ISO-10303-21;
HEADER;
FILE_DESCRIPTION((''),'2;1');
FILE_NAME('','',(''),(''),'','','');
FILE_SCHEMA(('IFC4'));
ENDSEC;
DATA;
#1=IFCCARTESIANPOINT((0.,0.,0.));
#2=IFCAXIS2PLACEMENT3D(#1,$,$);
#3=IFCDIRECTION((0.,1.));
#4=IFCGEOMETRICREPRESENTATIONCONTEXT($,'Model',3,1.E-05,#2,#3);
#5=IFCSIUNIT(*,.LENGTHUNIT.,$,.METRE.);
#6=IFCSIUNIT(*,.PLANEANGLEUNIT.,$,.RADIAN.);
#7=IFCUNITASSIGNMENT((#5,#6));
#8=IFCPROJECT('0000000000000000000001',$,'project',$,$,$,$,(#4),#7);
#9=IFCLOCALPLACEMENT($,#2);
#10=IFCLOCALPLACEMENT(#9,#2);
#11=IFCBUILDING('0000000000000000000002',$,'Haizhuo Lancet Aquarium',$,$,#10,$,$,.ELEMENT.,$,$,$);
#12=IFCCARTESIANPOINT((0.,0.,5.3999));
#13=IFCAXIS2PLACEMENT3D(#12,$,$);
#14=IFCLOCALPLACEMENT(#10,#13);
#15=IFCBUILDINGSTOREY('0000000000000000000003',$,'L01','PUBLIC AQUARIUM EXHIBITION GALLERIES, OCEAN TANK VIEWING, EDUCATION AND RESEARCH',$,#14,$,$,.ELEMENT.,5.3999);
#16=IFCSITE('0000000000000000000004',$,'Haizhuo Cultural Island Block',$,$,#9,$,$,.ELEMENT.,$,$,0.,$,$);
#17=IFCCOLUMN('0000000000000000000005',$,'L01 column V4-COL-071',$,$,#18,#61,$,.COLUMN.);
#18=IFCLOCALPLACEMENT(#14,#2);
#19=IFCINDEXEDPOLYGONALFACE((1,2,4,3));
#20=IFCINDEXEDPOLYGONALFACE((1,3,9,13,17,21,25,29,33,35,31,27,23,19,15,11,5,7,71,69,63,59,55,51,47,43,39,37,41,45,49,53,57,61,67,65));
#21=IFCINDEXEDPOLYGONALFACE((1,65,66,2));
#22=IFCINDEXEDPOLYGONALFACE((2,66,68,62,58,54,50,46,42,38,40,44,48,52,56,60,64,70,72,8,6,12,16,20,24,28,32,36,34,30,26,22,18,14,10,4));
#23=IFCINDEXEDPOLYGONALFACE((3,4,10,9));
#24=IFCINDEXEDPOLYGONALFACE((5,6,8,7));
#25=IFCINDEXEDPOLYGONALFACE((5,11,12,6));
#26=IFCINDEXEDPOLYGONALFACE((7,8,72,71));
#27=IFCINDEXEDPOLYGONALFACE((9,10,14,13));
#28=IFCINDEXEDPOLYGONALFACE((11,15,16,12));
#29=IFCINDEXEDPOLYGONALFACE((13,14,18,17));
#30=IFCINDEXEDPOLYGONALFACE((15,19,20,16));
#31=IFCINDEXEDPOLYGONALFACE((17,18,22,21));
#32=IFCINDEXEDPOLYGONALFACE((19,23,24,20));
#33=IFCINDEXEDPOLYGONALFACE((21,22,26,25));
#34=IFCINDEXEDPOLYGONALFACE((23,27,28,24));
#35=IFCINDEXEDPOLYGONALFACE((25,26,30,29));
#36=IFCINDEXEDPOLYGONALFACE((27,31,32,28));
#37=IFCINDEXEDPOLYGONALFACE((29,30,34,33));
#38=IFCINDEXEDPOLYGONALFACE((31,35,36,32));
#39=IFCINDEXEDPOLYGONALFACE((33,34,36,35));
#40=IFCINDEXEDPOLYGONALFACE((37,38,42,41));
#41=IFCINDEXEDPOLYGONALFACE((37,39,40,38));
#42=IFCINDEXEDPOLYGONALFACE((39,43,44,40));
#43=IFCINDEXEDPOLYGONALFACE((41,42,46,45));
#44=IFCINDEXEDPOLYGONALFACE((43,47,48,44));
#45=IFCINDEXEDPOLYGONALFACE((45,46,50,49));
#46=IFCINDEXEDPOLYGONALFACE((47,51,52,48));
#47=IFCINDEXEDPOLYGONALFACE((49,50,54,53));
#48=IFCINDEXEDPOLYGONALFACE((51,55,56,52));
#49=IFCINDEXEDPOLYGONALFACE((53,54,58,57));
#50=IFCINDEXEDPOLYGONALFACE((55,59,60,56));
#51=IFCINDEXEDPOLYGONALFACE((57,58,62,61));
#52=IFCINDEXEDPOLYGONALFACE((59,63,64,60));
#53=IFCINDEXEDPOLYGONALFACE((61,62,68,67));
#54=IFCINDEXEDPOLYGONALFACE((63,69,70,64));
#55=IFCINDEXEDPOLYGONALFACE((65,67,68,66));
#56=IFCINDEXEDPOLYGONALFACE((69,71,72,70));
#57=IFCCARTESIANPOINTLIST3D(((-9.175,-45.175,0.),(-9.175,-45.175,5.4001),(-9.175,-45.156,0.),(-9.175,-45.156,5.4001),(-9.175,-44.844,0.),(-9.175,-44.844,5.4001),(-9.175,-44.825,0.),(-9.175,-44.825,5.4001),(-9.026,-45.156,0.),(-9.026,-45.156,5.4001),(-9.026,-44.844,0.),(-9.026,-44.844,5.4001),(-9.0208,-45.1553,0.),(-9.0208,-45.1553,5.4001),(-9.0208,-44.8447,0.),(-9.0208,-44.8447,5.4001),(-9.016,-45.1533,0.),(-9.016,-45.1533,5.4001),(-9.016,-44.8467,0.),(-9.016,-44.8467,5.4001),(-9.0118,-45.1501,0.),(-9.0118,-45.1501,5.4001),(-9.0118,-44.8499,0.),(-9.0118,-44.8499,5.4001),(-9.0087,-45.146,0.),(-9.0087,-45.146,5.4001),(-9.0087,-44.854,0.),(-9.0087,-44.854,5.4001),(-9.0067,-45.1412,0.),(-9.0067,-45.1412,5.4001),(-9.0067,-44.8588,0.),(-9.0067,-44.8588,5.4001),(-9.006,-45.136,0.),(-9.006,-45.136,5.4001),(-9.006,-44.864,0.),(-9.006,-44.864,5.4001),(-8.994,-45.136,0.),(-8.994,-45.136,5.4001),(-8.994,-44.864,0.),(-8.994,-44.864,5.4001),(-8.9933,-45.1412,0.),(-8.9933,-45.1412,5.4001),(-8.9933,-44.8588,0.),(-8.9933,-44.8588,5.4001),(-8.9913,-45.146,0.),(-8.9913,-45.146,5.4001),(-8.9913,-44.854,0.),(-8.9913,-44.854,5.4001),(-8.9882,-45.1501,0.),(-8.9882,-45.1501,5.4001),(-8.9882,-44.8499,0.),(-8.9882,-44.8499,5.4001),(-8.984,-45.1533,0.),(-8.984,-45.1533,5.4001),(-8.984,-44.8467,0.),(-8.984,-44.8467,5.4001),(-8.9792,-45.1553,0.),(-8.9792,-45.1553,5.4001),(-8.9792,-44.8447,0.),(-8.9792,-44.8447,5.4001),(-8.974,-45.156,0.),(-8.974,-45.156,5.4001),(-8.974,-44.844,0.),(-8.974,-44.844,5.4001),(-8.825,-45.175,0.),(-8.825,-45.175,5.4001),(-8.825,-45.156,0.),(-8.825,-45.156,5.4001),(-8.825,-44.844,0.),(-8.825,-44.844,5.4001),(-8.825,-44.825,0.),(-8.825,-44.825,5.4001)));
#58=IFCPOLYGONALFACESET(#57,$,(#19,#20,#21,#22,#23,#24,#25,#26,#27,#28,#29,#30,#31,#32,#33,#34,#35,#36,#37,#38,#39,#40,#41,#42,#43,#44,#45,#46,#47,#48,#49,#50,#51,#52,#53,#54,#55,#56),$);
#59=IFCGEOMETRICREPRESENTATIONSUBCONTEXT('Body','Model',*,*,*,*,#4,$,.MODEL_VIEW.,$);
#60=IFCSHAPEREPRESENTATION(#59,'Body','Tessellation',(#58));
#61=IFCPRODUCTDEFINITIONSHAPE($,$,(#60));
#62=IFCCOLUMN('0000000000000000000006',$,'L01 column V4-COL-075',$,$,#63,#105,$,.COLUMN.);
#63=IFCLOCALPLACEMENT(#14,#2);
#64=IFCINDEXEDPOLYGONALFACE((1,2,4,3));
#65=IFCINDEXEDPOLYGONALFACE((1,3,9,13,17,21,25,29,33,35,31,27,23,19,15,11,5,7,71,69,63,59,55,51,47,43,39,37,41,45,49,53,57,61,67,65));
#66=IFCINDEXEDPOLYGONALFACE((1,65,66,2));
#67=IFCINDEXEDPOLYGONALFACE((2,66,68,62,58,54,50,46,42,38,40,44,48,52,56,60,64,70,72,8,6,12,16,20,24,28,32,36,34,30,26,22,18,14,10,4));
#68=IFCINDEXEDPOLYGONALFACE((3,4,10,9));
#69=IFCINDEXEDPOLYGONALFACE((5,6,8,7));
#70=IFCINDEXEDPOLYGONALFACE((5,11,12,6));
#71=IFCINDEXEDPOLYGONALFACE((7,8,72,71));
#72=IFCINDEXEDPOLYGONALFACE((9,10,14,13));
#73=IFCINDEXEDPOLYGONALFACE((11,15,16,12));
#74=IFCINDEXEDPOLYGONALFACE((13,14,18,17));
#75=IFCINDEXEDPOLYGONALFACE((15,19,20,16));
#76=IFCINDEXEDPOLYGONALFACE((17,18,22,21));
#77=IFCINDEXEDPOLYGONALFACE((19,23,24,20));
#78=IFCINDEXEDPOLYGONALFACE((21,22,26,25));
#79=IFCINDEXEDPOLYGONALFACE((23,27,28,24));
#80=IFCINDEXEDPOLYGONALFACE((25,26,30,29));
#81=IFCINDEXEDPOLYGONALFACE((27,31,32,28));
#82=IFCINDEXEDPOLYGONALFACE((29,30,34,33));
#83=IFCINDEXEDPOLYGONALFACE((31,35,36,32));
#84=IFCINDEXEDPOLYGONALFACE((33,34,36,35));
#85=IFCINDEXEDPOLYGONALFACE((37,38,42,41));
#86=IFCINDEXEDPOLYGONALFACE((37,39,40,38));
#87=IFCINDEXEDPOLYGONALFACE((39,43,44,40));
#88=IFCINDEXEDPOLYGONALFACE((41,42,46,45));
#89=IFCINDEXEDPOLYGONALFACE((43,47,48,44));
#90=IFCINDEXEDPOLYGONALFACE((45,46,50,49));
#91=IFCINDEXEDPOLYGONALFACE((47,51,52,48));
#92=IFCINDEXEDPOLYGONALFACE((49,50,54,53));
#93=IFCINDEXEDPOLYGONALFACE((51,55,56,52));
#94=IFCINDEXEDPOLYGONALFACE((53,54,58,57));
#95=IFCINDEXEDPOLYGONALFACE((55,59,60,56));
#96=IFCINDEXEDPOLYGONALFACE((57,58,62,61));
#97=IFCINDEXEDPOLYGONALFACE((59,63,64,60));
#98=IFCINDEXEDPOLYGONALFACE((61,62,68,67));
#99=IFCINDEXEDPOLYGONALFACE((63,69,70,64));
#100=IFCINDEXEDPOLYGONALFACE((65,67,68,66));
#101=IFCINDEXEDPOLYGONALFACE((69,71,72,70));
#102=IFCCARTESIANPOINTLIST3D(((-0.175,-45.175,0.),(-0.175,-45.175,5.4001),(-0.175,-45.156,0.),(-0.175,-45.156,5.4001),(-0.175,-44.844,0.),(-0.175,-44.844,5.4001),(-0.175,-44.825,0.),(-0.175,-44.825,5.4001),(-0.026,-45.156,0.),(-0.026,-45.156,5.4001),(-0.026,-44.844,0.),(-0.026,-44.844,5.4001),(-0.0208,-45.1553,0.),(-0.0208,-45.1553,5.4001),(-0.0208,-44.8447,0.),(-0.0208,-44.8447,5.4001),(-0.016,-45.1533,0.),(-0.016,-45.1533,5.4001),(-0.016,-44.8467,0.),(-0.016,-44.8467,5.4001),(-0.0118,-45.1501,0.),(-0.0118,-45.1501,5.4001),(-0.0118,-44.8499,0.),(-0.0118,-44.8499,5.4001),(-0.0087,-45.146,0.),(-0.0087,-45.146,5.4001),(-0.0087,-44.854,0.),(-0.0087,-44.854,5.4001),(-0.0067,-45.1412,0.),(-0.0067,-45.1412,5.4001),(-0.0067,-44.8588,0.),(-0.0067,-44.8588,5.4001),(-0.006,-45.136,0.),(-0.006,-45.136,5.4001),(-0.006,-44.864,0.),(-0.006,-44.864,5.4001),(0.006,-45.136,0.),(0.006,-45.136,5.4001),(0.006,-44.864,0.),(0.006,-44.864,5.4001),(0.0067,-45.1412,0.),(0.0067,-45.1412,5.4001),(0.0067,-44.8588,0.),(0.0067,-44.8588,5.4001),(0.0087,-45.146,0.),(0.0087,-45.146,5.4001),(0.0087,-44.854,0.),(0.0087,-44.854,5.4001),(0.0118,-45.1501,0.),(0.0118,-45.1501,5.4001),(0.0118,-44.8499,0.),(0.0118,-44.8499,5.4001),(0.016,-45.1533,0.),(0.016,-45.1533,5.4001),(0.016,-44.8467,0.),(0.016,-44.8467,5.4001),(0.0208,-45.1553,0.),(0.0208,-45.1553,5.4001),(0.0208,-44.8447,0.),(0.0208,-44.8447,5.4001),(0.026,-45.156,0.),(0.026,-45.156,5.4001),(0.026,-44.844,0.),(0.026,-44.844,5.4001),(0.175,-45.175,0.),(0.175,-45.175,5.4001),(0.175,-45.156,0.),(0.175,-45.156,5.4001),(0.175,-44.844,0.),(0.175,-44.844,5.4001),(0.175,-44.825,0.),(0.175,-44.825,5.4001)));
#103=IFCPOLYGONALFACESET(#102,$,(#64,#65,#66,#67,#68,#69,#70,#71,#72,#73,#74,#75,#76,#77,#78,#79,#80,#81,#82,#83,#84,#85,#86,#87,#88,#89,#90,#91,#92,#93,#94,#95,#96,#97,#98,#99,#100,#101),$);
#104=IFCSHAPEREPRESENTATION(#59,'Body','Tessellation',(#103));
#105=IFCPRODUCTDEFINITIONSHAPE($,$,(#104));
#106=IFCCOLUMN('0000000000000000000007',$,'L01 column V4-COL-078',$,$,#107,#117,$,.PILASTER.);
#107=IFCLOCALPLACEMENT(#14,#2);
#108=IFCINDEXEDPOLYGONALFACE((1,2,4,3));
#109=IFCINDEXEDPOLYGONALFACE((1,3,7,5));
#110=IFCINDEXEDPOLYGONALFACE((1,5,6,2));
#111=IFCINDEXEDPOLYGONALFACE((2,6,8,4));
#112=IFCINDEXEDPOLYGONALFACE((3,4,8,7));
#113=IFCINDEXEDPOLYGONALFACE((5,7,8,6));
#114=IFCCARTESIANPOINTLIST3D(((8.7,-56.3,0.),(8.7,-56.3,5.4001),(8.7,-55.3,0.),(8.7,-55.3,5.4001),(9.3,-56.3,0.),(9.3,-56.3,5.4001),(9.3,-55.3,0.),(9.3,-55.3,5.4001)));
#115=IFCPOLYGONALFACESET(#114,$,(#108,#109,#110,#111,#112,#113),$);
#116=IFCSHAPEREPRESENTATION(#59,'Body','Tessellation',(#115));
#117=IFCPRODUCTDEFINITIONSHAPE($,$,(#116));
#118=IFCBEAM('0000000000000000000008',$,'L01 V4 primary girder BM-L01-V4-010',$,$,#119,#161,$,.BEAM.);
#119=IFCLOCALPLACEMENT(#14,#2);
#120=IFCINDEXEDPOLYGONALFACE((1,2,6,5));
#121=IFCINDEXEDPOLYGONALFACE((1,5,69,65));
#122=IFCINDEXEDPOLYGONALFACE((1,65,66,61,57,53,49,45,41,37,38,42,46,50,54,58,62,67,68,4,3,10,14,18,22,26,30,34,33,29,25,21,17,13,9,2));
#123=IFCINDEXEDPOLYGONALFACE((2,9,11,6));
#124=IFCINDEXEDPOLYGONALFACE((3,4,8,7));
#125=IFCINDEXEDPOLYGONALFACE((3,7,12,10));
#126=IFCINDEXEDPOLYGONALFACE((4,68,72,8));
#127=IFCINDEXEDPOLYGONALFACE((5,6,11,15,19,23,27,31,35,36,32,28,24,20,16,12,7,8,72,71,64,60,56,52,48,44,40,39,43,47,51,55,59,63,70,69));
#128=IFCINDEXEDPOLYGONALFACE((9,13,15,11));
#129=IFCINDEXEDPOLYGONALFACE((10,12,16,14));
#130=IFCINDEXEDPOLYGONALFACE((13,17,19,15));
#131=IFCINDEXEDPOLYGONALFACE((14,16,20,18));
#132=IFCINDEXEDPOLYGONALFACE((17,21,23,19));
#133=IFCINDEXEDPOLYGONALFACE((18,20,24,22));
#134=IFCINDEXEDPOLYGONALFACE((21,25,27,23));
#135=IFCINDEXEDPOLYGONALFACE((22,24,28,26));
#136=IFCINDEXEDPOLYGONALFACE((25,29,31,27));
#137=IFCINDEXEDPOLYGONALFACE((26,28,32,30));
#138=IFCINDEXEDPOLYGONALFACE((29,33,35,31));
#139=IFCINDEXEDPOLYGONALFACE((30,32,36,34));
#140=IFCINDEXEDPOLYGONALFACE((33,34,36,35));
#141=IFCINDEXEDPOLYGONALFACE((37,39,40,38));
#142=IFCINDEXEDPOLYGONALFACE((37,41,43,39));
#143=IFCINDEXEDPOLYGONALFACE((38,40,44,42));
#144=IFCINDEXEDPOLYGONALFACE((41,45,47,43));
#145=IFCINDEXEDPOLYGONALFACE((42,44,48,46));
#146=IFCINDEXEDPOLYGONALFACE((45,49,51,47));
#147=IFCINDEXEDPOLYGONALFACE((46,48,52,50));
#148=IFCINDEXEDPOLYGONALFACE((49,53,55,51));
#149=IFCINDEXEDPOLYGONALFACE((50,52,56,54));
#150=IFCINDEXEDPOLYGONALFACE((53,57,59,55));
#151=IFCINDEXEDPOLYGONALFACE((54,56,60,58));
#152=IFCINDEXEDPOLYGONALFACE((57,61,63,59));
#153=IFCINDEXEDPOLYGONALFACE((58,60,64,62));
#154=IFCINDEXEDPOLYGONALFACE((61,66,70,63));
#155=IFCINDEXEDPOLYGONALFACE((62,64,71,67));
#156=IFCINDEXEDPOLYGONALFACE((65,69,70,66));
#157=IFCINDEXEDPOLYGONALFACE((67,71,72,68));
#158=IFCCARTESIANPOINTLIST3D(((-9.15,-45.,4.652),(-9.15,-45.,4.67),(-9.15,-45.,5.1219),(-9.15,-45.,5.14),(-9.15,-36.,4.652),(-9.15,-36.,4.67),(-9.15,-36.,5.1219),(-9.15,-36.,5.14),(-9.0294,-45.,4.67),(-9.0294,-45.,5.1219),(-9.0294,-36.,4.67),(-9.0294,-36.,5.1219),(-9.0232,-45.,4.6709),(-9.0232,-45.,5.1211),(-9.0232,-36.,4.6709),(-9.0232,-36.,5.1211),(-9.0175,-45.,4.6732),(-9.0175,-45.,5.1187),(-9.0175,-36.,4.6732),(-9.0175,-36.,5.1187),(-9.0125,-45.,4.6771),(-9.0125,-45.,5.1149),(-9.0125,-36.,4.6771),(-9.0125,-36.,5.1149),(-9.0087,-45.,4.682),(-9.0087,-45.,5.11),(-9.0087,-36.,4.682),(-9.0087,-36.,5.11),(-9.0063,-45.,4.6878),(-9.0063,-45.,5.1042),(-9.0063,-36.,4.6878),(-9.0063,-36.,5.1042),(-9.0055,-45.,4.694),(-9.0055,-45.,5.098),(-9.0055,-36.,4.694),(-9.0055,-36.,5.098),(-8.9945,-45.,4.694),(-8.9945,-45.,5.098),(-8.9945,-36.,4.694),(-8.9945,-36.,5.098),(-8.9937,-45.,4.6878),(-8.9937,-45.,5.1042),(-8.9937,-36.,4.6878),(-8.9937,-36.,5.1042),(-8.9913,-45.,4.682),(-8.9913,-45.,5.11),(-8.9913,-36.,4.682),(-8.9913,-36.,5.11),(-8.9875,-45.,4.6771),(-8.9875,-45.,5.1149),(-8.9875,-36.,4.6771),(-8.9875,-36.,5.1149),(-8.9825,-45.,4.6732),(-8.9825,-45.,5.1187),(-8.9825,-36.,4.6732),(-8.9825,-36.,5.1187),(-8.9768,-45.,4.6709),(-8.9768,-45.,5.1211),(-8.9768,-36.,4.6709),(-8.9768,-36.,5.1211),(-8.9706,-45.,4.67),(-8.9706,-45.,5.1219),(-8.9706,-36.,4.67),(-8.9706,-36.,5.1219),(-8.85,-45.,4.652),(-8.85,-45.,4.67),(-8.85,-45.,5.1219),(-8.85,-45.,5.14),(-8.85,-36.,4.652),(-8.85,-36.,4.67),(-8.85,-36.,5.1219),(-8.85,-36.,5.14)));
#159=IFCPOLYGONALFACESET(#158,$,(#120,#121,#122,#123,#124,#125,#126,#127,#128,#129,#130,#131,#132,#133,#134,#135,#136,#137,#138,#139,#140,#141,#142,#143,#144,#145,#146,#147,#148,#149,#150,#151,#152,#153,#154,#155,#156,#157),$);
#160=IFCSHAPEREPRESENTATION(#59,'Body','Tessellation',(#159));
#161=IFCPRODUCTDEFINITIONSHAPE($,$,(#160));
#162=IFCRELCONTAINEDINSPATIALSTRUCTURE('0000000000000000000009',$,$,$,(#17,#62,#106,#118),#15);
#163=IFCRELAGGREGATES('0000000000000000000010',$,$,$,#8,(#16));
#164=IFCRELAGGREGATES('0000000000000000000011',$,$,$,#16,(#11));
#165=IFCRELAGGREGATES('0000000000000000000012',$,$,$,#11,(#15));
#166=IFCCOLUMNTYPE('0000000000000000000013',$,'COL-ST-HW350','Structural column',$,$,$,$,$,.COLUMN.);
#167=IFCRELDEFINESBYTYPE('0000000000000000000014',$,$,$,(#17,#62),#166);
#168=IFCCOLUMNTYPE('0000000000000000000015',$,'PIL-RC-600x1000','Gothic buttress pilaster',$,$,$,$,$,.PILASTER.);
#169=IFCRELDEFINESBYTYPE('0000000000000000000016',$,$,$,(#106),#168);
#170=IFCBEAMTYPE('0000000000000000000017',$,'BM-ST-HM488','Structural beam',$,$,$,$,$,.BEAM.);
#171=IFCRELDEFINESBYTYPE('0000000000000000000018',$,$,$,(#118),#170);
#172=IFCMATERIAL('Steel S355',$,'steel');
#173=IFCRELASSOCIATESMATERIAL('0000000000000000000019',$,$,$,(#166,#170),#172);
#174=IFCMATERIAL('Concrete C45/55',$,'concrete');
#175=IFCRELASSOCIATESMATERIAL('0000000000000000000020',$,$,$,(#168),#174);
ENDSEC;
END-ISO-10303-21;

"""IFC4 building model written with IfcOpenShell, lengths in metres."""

from ifc_helpers import new_model, si_unit, direction, frame, origin, origin_2d, place, context, subcontext, project, spatial, rectangle, i_section, extrude, material, material_profile, profile_set, type_object, element, save


model = new_model("IFC4")

# Units and contexts
model_context = context("Model", 3, precision=1e-05, world=origin(), true_north=direction((0.0, 1.0)))
body_context = subcontext(model_context, "Body", "Model", "MODEL_VIEW")
ifc_project = project(units=[si_unit("LENGTHUNIT", "METRE"), si_unit("PLANEANGLEUNIT", "RADIAN")], contexts=[model_context])

# Site, building, storey
site_placement = place(None, origin())
site = spatial("IfcSite", under=ifc_project, at=site_placement, Name="Haizhuo Cultural Island Block", CompositionType="ELEMENT", RefElevation=0.0)
building_placement = place(site_placement, origin())
building = spatial("IfcBuilding", under=site, at=building_placement, Name="Haizhuo Lancet Aquarium", CompositionType="ELEMENT")
storey_placement = place(building_placement, frame((0.0, 0.0, 5.3999)))
storey = spatial("IfcBuildingStorey", under=building, at=storey_placement, Name="L01", Description="PUBLIC AQUARIUM EXHIBITION GALLERIES, OCEAN TANK VIEWING, EDUCATION AND RESEARCH", CompositionType="ELEMENT", Elevation=5.3999)

# Columns
ifc_material_1 = material(Name="Steel S355", Category="steel")
ifc_material_profile_1 = material_profile(ifc_material_1, i_section(OverallWidth=0.3501, OverallDepth=0.3501, WebThickness=0.012, FlangeThickness=0.019, FilletRadius=0.02, at=origin_2d()), Name="HW 350x350x12x19")
ifc_profile_set_1 = profile_set([ifc_material_profile_1], Name="Steel S355")
column_type_1 = type_object("IfcColumnType", Name="COL-ST-HW350", Description="Structural column", PredefinedType="COLUMN", material=ifc_profile_set_1)
for number, where, z_axis, x_axis, name in (
    (1, (-9.0, -45.0, 0.0), (0.0, 0.0, 1.0), (1.0, 0.0, 0.0), "L01 column V4-COL-071"),
    (2, (0.0, -45.0, 0.0), (0.0, 0.0, 1.0), (1.0, 0.0, 0.0), "L01 column V4-COL-075"),
):
    element("IfcColumn", number, at=place(storey_placement, frame(where, z_axis=z_axis, x_axis=x_axis)), inside=storey, type_object=column_type_1, Name=name, PredefinedType="COLUMN", context=body_context, shape_type="SweptSolid", body=[
        extrude(i_section(OverallWidth=0.3501, OverallDepth=0.3501, WebThickness=0.012, FlangeThickness=0.019, FilletRadius=0.02, at=origin_2d()), origin(), (0.0, 0.0, 1.0), 5.4001),
    ])
ifc_material_2 = material(Name="Concrete C45/55", Category="concrete")
ifc_material_profile_2 = material_profile(ifc_material_2, rectangle(XDim=0.6001, YDim=1.0, at=origin_2d()), Name="RC-PIL 600x1000")
ifc_profile_set_2 = profile_set([ifc_material_profile_2], Name="Concrete C45/55")
column_type_2 = type_object("IfcColumnType", Name="PIL-RC-600x1000", Description="Gothic buttress pilaster", PredefinedType="PILASTER", material=ifc_profile_set_2)
column_placement = place(storey_placement, frame((9.0, -55.8, 0.0), z_axis=(0.0, 0.0, 1.0), x_axis=(1.0, 0.0, 0.0)))
element("IfcColumn", 3, at=column_placement, inside=storey, type_object=column_type_2, Name="L01 column V4-COL-078", PredefinedType="PILASTER", context=body_context, shape_type="SweptSolid", body=[
    extrude(rectangle(XDim=0.6001, YDim=1.0, at=origin_2d()), origin(), (0.0, 0.0, 1.0), 5.4001),
])

# Beam
ifc_material_profile_3 = material_profile(ifc_material_1, i_section(OverallWidth=0.3, OverallDepth=0.488, WebThickness=0.011, FlangeThickness=0.0181, FilletRadius=0.0239, at=origin_2d()), Name="HM 488x300x11x18")
ifc_profile_set_3 = profile_set([ifc_material_profile_3], Name="Steel S355")
beam_type_1 = type_object("IfcBeamType", Name="BM-ST-HM488", Description="Structural beam", PredefinedType="BEAM", material=ifc_profile_set_3)
for number, where, z_axis, x_axis, name in (
    (4, (-9.0, -45.0, 4.896), (0.0, 1.0, 0.0), (-1.0, 0.0, 0.0), "L01 V4 primary girder BM-L01-V4-010"),
):
    element("IfcBeam", number, at=place(storey_placement, frame(where, z_axis=z_axis, x_axis=x_axis)), inside=storey, type_object=beam_type_1, Name=name, PredefinedType="BEAM", context=body_context, shape_type="SweptSolid", body=[
        extrude(i_section(OverallWidth=0.3, OverallDepth=0.488, WebThickness=0.011, FlangeThickness=0.0181, FilletRadius=0.0239, at=origin_2d()), origin(), (0.0, 0.0, 1.0), 9.0),
    ])

save(model, "model.ifc")
